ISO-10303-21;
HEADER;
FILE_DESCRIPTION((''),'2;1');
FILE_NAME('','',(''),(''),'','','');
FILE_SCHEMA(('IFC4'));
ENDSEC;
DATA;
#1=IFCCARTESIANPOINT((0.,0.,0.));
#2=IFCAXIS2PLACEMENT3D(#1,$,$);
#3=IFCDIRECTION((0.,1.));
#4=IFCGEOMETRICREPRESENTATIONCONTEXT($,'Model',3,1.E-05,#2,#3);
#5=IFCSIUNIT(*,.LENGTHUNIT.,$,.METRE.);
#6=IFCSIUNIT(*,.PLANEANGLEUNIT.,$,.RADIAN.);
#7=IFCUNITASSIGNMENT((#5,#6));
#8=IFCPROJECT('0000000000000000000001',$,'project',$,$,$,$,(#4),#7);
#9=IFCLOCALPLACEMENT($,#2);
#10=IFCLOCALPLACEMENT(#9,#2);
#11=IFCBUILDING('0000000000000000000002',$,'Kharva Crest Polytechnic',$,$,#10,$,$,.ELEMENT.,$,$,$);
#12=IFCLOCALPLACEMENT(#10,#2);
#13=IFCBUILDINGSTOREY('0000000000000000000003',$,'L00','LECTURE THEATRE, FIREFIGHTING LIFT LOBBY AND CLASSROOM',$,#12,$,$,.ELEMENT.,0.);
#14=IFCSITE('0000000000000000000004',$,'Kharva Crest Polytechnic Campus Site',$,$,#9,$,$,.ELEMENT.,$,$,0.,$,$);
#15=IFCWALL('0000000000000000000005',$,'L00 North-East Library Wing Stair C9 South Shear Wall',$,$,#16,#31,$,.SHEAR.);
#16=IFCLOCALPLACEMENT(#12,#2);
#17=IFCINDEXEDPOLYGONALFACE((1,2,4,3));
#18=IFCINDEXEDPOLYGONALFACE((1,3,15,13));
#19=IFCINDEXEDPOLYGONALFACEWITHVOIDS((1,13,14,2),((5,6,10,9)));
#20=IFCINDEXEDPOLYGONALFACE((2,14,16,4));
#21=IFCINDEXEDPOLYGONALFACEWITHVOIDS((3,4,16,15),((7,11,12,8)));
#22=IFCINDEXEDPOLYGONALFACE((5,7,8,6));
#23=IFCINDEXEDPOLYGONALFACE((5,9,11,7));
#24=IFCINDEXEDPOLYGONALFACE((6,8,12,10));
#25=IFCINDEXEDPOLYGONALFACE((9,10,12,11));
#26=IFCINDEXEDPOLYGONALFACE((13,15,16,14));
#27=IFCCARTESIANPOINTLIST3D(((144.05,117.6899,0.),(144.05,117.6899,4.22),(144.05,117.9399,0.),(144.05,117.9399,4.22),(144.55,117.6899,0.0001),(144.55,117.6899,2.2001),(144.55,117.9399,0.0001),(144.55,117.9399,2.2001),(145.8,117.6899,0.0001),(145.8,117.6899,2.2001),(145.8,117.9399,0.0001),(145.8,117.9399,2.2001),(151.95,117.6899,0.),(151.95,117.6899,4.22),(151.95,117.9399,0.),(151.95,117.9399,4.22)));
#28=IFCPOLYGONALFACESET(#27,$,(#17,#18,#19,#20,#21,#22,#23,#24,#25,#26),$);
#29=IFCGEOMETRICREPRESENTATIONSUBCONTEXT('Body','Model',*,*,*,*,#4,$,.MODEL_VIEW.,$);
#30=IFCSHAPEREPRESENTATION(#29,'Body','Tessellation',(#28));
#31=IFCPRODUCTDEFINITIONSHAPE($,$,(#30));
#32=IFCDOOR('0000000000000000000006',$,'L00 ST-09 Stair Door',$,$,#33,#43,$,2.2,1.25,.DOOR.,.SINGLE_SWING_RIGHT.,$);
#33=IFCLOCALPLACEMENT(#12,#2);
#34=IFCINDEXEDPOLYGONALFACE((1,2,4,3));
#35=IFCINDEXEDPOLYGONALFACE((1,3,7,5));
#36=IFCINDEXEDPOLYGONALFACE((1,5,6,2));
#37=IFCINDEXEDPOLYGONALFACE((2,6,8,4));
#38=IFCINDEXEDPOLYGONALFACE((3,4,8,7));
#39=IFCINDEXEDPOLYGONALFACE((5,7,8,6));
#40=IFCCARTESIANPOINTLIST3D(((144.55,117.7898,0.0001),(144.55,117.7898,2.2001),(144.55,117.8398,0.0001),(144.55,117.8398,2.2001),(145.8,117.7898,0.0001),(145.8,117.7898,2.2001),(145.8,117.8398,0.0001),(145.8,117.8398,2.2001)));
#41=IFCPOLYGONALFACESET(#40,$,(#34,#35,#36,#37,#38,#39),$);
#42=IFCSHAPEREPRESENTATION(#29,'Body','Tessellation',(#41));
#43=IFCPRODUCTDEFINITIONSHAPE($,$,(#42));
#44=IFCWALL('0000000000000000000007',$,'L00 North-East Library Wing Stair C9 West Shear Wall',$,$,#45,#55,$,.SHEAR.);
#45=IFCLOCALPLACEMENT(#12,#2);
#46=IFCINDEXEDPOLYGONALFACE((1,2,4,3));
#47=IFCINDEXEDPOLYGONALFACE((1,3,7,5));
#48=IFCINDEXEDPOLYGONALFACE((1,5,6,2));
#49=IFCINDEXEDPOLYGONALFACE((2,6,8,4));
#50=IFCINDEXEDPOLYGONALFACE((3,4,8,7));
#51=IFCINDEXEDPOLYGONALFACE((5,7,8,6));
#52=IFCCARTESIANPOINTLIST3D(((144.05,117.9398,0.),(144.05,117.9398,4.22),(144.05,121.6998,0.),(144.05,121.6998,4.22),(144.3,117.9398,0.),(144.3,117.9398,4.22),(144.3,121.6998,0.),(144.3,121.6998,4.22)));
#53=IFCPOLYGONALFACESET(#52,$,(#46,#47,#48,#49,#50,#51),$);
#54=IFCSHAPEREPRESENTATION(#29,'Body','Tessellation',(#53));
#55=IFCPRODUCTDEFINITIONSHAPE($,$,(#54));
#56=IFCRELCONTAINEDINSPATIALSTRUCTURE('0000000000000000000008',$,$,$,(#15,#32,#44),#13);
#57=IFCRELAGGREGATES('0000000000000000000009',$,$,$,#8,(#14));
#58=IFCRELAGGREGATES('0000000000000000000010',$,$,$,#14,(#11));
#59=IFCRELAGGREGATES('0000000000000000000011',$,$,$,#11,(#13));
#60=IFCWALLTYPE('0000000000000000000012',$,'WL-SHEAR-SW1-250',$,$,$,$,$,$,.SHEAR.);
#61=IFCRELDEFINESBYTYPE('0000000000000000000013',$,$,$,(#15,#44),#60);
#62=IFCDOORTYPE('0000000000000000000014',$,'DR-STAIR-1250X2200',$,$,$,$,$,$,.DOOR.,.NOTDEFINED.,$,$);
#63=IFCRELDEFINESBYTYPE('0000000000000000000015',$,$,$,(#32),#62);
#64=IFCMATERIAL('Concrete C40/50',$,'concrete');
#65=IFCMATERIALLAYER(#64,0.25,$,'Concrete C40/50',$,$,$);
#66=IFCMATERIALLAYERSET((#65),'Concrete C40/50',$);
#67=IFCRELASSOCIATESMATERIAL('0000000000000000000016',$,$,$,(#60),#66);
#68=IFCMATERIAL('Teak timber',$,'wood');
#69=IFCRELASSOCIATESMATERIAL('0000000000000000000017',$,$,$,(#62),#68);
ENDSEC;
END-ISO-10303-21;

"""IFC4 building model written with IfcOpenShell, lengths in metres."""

from ifc_helpers import new_model, si_unit, direction, frame, frame_2d, origin, place, context, subcontext, project, spatial, rectangle, extrude, material, layer, layer_set, type_object, element, fill, save


model = new_model("IFC4")

# Units and contexts
model_context = context("Model", 3, precision=1e-05, world=origin(), true_north=direction((0.0, 1.0)))
body_context = subcontext(model_context, "Body", "Model", "MODEL_VIEW")
ifc_project = project(units=[si_unit("LENGTHUNIT", "METRE"), si_unit("PLANEANGLEUNIT", "RADIAN")], contexts=[model_context])

# Site, building, storey
site_placement = place(None, origin())
site = spatial("IfcSite", under=ifc_project, at=site_placement, Name="Kharva Crest Polytechnic Campus Site", CompositionType="ELEMENT", RefElevation=0.0)
building_placement = place(site_placement, origin())
building = spatial("IfcBuilding", under=site, at=building_placement, Name="Kharva Crest Polytechnic", CompositionType="ELEMENT")
storey_placement = place(building_placement, origin())
storey = spatial("IfcBuildingStorey", under=building, at=storey_placement, Name="L00", Description="LECTURE THEATRE, FIREFIGHTING LIFT LOBBY AND CLASSROOM", CompositionType="ELEMENT", Elevation=0.0)

# Wall, opening, door
ifc_material_1 = material(Name="Concrete C40/50", Category="concrete")
ifc_layer_1 = layer(ifc_material_1, 0.25, Name="Concrete C40/50")
ifc_layer_set_1 = layer_set([ifc_layer_1], Name="Concrete C40/50")
wall_type = type_object("IfcWallType", Name="WL-SHEAR-SW1-250", PredefinedType="SHEAR", material=ifc_layer_set_1)
wall_1_placement = place(storey_placement, frame((144.05, 117.8149, 0.0), z_axis=(0.0, 0.0, 1.0), x_axis=(1.0, 0.0, 0.0)))
wall_1 = element("IfcWall", 1, at=wall_1_placement, inside=storey, type_object=wall_type, Name="L00 North-East Library Wing Stair C9 South Shear Wall", PredefinedType="SHEAR", context=body_context, shape_type="SweptSolid", body=[
    extrude(rectangle(XDim=7.8999, YDim=0.25, at=frame_2d((3.95, 0.0))), origin(), (0.0, 0.0, 1.0), 4.22),
])
opening_placement = place(wall_1_placement, frame((0.5, 0.0, 0.0)))
opening = element("IfcOpeningElement", 2, at=opening_placement, cuts=wall_1, PredefinedType="OPENING", context=body_context, shape_type="SweptSolid", body=[
    extrude(rectangle(XDim=1.25, YDim=2.2, at=frame_2d((0.625, 1.1001))), frame((0.0, 0.135, 0.0), z_axis=(0.0, -1.0, 0.0), x_axis=(1.0, 0.0, 0.0)), (0.0, 0.0, 1.0), 0.27),
])
ifc_material_2 = material(Name="Teak timber", Category="wood")
door_type = type_object("IfcDoorType", Name="DR-STAIR-1250X2200", OperationType="NOTDEFINED", PredefinedType="DOOR", material=ifc_material_2)
door_placement = place(opening_placement, origin())
door = element("IfcDoor", 3, at=door_placement, inside=storey, type_object=door_type, Name="L00 ST-09 Stair Door", OperationType="SINGLE_SWING_RIGHT", OverallHeight=2.2, OverallWidth=1.25, PredefinedType="DOOR", context=body_context, shape_type="SweptSolid", body=[
    extrude(rectangle(XDim=1.25, YDim=2.2, at=frame_2d((0.625, 1.1001))), frame((0.0, 0.0249, 0.0), z_axis=(0.0, -1.0, 0.0), x_axis=(1.0, 0.0, 0.0)), (0.0, 0.0, 1.0), 0.05),
])
fill(opening, door)

# Wall
wall_2_placement = place(storey_placement, frame((144.175, 117.9399, 0.0), z_axis=(0.0, 0.0, 1.0), x_axis=(0.0, 1.0, 0.0)))
element("IfcWall", 4, at=wall_2_placement, inside=storey, type_object=wall_type, Name="L00 North-East Library Wing Stair C9 West Shear Wall", PredefinedType="SHEAR", context=body_context, shape_type="SweptSolid", body=[
    extrude(rectangle(XDim=3.76, YDim=0.25, at=frame_2d((1.8799, 0.0))), origin(), (0.0, 0.0, 1.0), 4.22),
])

save(model, "model.ifc")
